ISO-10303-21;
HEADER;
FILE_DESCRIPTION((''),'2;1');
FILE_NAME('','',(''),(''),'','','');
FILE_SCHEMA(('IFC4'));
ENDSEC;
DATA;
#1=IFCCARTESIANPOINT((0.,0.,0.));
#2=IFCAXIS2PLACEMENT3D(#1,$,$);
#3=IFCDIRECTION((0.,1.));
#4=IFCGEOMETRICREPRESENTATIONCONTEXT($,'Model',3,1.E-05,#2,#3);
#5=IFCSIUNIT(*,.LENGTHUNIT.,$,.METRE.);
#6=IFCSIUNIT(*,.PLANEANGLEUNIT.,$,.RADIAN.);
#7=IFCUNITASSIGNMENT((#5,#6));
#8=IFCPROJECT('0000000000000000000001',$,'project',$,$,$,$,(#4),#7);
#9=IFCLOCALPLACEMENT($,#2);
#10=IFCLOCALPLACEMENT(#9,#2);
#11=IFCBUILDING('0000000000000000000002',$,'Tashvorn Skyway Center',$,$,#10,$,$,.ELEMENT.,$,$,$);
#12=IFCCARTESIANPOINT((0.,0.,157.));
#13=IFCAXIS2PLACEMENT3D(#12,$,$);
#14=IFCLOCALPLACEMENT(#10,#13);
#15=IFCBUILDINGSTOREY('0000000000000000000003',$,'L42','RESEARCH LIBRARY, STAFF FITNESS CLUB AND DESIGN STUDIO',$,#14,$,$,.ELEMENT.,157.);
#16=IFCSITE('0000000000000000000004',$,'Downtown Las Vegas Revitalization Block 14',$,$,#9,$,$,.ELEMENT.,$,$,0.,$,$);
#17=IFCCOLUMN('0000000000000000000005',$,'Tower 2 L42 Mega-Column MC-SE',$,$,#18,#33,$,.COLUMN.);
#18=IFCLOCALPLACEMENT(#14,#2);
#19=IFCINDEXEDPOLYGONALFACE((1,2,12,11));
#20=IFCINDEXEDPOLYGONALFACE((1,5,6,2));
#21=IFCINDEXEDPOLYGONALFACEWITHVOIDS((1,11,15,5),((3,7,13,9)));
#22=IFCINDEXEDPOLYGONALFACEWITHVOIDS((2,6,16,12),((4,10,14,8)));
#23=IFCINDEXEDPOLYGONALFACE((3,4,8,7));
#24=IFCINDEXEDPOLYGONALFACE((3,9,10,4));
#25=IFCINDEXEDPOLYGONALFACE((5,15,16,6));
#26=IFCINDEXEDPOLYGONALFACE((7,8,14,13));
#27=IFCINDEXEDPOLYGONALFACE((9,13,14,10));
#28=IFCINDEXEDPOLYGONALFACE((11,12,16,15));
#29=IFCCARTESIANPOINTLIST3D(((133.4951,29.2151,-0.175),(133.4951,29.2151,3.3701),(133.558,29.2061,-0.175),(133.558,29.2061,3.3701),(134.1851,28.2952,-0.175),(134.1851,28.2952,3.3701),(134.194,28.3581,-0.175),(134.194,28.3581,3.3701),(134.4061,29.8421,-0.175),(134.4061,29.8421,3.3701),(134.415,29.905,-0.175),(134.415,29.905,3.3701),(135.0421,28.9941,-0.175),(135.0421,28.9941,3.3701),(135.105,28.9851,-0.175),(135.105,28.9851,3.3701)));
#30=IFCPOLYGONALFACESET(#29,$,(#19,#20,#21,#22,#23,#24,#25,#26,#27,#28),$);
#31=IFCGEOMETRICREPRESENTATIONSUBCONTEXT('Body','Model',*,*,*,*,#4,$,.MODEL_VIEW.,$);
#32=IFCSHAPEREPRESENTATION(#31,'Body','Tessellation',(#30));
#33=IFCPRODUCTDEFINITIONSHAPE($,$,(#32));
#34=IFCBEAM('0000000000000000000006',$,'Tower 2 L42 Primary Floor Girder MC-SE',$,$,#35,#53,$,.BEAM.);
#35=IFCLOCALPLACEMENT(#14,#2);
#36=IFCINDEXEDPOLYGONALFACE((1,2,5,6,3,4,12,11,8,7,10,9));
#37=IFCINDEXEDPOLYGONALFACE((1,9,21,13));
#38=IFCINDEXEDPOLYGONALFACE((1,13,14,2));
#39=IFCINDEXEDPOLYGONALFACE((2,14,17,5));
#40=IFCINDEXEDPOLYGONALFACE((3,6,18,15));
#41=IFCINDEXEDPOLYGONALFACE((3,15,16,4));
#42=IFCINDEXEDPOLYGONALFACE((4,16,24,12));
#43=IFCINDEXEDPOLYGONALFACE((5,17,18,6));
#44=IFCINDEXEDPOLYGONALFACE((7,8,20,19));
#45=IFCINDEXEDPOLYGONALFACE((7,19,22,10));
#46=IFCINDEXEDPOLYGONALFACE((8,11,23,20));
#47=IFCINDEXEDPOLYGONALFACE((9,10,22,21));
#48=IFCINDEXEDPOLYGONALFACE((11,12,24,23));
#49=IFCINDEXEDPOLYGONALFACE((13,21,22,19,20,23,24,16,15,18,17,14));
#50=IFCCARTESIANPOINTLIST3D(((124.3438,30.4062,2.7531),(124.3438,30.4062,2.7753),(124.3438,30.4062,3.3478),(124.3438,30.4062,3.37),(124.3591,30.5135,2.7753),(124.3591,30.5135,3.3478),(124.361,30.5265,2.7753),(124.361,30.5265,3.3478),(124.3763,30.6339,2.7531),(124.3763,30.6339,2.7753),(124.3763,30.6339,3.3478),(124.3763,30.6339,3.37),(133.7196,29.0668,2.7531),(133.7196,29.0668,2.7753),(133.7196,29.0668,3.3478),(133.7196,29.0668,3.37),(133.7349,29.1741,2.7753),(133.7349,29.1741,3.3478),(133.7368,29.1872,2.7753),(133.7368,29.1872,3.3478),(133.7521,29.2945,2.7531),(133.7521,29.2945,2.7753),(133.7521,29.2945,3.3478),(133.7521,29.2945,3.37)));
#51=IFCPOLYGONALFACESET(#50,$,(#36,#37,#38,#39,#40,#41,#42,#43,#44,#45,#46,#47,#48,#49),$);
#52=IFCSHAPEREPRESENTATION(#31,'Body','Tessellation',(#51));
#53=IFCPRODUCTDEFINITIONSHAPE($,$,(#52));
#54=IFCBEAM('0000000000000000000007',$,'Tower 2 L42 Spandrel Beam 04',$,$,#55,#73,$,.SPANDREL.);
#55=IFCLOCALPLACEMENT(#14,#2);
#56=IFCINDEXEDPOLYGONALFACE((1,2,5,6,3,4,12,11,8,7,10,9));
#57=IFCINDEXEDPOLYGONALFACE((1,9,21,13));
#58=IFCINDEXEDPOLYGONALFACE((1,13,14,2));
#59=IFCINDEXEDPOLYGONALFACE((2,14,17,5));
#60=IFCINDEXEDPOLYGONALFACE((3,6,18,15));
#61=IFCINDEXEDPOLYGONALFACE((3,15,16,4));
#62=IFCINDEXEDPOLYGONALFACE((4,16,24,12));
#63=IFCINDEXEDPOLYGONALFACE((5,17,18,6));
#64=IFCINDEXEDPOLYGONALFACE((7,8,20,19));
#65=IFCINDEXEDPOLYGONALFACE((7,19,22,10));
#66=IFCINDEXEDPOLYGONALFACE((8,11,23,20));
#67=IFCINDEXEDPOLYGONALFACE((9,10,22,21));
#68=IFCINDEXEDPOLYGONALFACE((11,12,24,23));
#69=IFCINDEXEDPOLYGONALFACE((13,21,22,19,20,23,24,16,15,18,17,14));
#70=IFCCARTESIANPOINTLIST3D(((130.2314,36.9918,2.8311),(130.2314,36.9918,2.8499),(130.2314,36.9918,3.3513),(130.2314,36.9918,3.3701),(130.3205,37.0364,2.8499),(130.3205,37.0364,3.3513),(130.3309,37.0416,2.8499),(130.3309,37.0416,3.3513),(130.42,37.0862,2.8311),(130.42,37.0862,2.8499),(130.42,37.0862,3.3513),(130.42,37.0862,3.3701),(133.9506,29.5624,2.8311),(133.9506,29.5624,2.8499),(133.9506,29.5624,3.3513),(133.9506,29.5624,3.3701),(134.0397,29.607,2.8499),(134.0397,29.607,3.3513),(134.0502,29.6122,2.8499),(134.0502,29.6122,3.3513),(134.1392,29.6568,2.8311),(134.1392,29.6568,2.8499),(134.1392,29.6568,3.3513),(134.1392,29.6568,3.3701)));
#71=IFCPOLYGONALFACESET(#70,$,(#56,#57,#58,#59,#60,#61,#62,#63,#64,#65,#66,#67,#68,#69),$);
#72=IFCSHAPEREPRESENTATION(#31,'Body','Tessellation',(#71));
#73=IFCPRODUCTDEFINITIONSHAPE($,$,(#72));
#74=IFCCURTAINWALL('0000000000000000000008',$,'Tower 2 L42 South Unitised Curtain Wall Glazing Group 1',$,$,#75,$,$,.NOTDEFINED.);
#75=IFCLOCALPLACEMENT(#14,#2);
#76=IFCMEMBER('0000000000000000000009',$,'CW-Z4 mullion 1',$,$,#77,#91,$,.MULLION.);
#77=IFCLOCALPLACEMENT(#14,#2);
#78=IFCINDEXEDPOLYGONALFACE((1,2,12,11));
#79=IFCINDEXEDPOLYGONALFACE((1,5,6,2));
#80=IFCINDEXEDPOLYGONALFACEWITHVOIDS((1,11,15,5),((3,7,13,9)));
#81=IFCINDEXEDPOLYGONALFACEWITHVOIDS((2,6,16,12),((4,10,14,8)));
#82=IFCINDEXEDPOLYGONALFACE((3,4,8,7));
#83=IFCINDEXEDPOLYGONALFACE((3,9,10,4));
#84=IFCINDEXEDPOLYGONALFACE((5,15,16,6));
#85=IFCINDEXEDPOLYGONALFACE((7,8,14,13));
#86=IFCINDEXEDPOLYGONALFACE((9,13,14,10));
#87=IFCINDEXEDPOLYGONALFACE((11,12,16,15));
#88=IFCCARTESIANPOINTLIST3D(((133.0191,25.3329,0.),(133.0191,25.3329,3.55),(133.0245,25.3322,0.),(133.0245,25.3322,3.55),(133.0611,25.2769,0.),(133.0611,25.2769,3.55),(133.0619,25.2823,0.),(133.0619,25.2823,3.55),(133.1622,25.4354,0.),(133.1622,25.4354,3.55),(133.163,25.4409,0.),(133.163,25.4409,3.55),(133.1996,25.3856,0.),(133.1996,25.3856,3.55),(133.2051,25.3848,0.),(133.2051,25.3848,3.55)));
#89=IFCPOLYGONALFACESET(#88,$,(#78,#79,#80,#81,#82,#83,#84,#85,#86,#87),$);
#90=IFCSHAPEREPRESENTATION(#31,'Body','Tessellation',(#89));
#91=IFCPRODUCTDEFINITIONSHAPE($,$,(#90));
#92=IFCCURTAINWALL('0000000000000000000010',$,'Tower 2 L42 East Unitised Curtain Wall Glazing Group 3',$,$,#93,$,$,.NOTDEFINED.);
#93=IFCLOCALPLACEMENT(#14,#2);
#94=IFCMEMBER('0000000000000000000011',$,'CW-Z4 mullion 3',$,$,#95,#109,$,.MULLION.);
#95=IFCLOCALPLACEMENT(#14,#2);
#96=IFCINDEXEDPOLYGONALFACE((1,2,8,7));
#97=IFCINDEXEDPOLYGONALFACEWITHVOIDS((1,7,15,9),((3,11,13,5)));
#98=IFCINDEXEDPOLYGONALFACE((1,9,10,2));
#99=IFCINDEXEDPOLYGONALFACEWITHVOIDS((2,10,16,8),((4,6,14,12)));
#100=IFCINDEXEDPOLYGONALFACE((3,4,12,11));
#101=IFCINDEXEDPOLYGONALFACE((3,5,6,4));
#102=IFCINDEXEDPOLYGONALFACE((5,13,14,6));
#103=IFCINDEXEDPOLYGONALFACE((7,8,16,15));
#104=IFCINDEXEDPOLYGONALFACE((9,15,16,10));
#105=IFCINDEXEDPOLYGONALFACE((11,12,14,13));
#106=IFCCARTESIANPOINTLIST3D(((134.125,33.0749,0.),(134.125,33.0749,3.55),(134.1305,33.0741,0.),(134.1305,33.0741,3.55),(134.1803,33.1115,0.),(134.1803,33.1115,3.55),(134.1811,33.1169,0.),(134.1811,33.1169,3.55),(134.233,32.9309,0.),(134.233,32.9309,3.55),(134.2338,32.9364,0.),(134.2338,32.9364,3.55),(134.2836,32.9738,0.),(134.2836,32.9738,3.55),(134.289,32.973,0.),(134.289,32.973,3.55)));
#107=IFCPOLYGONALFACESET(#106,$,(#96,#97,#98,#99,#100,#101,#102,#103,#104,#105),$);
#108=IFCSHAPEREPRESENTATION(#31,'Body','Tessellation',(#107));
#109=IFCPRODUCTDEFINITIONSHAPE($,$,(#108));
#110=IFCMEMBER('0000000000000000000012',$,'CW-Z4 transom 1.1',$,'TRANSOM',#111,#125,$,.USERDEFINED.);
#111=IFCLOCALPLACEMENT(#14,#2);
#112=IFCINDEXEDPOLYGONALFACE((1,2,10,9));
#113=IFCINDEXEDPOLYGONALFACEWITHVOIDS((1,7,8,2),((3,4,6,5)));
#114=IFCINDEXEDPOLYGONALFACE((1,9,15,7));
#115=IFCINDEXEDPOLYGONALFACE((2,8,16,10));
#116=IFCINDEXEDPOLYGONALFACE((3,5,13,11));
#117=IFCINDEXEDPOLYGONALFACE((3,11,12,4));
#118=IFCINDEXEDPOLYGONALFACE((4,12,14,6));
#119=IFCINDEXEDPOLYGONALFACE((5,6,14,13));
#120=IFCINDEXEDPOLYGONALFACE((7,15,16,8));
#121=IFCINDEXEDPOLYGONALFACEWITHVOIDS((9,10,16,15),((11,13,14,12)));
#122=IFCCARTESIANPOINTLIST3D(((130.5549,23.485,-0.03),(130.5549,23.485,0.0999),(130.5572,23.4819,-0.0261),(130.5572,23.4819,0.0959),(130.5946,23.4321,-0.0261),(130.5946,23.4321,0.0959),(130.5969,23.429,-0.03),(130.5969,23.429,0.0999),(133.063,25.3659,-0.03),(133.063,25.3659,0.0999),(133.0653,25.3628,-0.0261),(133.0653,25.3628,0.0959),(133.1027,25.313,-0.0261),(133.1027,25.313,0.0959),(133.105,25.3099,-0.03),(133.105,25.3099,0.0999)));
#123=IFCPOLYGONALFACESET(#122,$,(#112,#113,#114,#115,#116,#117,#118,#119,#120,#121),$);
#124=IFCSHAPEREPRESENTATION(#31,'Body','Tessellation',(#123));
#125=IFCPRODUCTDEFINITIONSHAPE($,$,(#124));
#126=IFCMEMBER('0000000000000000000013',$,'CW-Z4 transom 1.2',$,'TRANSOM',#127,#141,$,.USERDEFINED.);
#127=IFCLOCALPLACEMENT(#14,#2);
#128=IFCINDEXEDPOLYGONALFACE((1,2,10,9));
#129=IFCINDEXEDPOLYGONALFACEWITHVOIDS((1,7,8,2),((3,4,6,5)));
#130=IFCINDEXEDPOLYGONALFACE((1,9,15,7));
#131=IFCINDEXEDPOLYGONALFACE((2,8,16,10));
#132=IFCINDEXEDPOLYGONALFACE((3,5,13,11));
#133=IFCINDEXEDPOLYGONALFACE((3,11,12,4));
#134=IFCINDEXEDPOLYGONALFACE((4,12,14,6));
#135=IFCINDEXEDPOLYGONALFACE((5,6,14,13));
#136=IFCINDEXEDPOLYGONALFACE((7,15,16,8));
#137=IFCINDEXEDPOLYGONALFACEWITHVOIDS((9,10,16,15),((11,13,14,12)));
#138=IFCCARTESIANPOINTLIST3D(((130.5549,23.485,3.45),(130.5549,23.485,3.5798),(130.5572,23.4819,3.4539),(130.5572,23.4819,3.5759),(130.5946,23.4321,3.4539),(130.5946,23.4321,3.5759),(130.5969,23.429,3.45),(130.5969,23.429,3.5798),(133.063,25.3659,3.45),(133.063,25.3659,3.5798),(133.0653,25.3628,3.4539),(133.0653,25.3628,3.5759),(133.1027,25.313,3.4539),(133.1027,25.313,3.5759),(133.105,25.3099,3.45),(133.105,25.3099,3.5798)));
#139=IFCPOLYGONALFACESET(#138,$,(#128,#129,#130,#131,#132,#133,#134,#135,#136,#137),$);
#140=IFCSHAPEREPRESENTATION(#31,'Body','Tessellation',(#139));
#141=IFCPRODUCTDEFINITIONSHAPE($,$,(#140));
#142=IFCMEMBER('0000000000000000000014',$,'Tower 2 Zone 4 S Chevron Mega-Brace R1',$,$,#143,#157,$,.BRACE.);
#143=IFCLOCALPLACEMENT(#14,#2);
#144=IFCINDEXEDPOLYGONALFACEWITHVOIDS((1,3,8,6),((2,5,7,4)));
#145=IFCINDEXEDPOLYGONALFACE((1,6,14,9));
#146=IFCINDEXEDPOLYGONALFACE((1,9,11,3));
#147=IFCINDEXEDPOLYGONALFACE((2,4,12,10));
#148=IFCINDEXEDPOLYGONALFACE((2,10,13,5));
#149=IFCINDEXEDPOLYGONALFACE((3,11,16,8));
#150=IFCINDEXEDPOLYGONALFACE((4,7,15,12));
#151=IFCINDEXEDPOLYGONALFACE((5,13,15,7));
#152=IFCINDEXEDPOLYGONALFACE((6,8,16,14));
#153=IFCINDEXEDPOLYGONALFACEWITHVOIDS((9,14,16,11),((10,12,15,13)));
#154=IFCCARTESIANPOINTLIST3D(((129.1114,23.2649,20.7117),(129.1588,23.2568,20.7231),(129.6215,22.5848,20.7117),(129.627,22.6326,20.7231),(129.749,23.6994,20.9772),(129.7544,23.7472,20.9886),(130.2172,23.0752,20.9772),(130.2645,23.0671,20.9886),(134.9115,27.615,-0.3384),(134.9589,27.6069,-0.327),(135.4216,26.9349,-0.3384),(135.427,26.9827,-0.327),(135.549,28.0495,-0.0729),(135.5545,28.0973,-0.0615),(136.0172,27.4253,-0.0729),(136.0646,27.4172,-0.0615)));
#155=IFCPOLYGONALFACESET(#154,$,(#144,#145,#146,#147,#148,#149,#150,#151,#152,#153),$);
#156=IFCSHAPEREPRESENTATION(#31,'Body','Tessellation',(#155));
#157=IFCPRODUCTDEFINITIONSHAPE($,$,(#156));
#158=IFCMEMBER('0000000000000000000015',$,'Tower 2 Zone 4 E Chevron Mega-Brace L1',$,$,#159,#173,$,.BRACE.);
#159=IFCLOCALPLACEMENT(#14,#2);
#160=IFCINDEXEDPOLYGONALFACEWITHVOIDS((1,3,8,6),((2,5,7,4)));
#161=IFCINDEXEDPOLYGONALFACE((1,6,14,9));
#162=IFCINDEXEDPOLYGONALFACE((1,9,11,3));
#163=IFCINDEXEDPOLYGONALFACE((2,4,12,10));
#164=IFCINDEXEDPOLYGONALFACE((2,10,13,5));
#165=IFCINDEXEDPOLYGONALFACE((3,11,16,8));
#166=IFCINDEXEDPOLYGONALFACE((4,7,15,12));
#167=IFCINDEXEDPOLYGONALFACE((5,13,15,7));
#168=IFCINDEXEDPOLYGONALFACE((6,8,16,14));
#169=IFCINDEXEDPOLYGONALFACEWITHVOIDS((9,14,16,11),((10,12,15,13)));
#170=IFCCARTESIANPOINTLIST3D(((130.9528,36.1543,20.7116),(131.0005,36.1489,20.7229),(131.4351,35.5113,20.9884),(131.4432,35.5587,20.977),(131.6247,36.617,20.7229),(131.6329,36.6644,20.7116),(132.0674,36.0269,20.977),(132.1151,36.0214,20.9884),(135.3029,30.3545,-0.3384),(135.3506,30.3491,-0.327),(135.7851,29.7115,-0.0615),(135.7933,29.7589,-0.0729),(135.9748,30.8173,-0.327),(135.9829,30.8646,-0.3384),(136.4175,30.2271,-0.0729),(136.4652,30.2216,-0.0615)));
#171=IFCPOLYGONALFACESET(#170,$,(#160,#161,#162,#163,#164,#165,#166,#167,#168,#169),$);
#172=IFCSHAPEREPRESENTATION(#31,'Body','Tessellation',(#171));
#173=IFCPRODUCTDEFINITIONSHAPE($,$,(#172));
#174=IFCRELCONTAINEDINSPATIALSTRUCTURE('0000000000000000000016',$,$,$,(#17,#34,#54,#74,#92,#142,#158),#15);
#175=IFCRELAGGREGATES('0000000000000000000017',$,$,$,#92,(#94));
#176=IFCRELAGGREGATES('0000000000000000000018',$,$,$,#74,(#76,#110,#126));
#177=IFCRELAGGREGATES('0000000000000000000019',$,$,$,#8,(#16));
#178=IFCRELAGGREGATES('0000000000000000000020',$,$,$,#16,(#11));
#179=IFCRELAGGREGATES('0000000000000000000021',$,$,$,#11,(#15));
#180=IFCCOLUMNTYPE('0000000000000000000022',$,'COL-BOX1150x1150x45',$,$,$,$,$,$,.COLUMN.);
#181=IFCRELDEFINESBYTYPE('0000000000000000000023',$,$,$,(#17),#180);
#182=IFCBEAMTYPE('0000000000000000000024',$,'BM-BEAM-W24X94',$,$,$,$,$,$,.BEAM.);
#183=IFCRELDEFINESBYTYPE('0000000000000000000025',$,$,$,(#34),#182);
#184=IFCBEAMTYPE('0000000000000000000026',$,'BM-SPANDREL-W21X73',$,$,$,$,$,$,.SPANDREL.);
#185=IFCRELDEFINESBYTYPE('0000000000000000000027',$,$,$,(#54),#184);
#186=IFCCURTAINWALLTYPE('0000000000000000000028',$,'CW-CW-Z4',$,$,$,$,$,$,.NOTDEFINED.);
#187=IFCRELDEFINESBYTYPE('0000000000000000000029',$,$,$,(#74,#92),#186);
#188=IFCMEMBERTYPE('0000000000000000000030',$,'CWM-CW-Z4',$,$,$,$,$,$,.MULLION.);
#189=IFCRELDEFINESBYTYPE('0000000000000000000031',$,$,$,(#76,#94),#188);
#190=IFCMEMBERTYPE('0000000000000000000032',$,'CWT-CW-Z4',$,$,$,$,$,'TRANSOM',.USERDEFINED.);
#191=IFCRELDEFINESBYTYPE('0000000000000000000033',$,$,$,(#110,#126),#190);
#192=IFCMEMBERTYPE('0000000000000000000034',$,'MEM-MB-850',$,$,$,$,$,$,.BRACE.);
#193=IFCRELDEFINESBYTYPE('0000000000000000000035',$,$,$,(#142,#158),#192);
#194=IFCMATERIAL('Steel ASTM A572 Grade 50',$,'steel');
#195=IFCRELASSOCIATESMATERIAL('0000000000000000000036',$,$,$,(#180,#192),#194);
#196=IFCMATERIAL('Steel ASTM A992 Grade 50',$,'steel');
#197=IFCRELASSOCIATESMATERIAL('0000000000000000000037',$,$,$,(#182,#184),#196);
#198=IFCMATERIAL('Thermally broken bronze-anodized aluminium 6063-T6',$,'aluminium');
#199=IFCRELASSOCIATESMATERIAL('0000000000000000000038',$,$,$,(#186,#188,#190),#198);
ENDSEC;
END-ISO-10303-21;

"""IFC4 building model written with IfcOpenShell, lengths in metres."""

from ifc_helpers import new_model, si_unit, direction, frame, origin, origin_2d, place, context, subcontext, project, spatial, hollow_rectangle, i_section, extrude, material, material_profile, profile_set, type_object, element, aggregate, save


model = new_model("IFC4")

# Units and contexts
model_context = context("Model", 3, precision=1e-05, world=origin(), true_north=direction((0.0, 1.0)))
body_context = subcontext(model_context, "Body", "Model", "MODEL_VIEW")
ifc_project = project(units=[si_unit("LENGTHUNIT", "METRE"), si_unit("PLANEANGLEUNIT", "RADIAN")], contexts=[model_context])

# Site, building, storey
site_placement = place(None, origin())
site = spatial("IfcSite", under=ifc_project, at=site_placement, Name="Downtown Las Vegas Revitalization Block 14", CompositionType="ELEMENT", RefElevation=0.0)
building_placement = place(site_placement, origin())
building = spatial("IfcBuilding", under=site, at=building_placement, Name="Tashvorn Skyway Center", CompositionType="ELEMENT")
storey_placement = place(building_placement, frame((0.0, 0.0, 157.0)))
storey = spatial("IfcBuildingStorey", under=building, at=storey_placement, Name="L42", Description="RESEARCH LIBRARY, STAFF FITNESS CLUB AND DESIGN STUDIO", CompositionType="ELEMENT", Elevation=157.0)

# Column
ifc_material_1 = material(Name="Steel ASTM A572 Grade 50", Category="steel")
ifc_material_profile_1 = material_profile(ifc_material_1, hollow_rectangle(XDim=1.1499, YDim=1.1499, WallThickness=0.0449, at=origin_2d()), Name="BOX1150x1150x45")
ifc_profile_set_1 = profile_set([ifc_material_profile_1], Name="Steel ASTM A572 Grade 50")
column_type = type_object("IfcColumnType", Name="COL-BOX1150x1150x45", PredefinedType="COLUMN", material=ifc_profile_set_1)
column_placement = place(storey_placement, frame((134.3, 29.1001, -0.175), z_axis=(0.0, 0.0, 1.0), x_axis=(0.8, 0.6, 0.0)))
element("IfcColumn", 1, at=column_placement, inside=storey, type_object=column_type, Name="Tower 2 L42 Mega-Column MC-SE", PredefinedType="COLUMN", context=body_context, shape_type="SweptSolid", body=[
    extrude(hollow_rectangle(XDim=1.1499, YDim=1.1499, WallThickness=0.0449, at=origin_2d()), origin(), (0.0, 0.0, 1.0), 3.5452),
])

# Beams
ifc_material_2 = material(Name="Steel ASTM A992 Grade 50", Category="steel")
ifc_material_profile_2 = material_profile(ifc_material_2, i_section(OverallWidth=0.23, OverallDepth=0.6169, WebThickness=0.0132, FlangeThickness=0.0222, at=origin_2d()), Name="W24X94")
ifc_profile_set_2 = profile_set([ifc_material_profile_2], Name="Steel ASTM A992 Grade 50")
beam_type_1 = type_object("IfcBeamType", Name="BM-BEAM-W24X94", PredefinedType="BEAM", material=ifc_profile_set_2)
beam_1_placement = place(storey_placement, frame((133.7358, 29.1807, 3.0615), z_axis=(-0.98995, 0.141418, 0.0), x_axis=(-0.141418, -0.98995, 0.0)))
element("IfcBeam", 2, at=beam_1_placement, inside=storey, type_object=beam_type_1, Name="Tower 2 L42 Primary Floor Girder MC-SE", PredefinedType="BEAM", context=body_context, shape_type="SweptSolid", body=[
    extrude(i_section(OverallWidth=0.23, OverallDepth=0.6169, WebThickness=0.0132, FlangeThickness=0.0222, at=origin_2d()), origin(), (0.0, 0.0, 1.0), 9.4709),
])
ifc_material_profile_3 = material_profile(ifc_material_2, i_section(OverallWidth=0.2109, OverallDepth=0.5391, WebThickness=0.0117, FlangeThickness=0.0188, at=origin_2d()), Name="W21X73")
ifc_profile_set_3 = profile_set([ifc_material_profile_3], Name="Steel ASTM A992 Grade 50")
beam_type_2 = type_object("IfcBeamType", Name="BM-SPANDREL-W21X73", PredefinedType="SPANDREL", material=ifc_profile_set_3)
beam_2_placement = place(storey_placement, frame((134.0449, 29.6096, 3.1006), z_axis=(-0.447648, 0.89421, 0.0), x_axis=(-0.89421, -0.447648, 0.0)))
element("IfcBeam", 3, at=beam_2_placement, inside=storey, type_object=beam_type_2, Name="Tower 2 L42 Spandrel Beam 04", PredefinedType="SPANDREL", context=body_context, shape_type="SweptSolid", body=[
    extrude(i_section(OverallWidth=0.2109, OverallDepth=0.5391, WebThickness=0.0117, FlangeThickness=0.0188, at=origin_2d()), origin(), (0.0, 0.0, 1.0), 8.3083),
])

# Curtain walls, members
ifc_material_3 = material(Name="Thermally broken bronze-anodized aluminium 6063-T6", Category="aluminium")
curtain_wall_type = type_object("IfcCurtainWallType", Name="CW-CW-Z4", PredefinedType="NOTDEFINED", material=ifc_material_3)
curtain_wall_1_placement = place(storey_placement, origin())
curtain_wall_1 = element("IfcCurtainWall", 4, at=curtain_wall_1_placement, inside=storey, type_object=curtain_wall_type, Name="Tower 2 L42 South Unitised Curtain Wall Glazing Group 1", PredefinedType="NOTDEFINED")
ifc_material_profile_4 = material_profile(ifc_material_3, hollow_rectangle(XDim=0.0701, YDim=0.1799, WallThickness=0.0039, at=origin_2d()), Name="ALU-MULL-70x180")
ifc_profile_set_4 = profile_set([ifc_material_profile_4], Name="Thermally broken bronze-anodized aluminium 6063-T6")
member_type_1 = type_object("IfcMemberType", Name="CWM-CW-Z4", PredefinedType="MULLION", material=ifc_profile_set_4)
member_1_placement = place(storey_placement, frame((133.1121, 25.3589, 0.0), z_axis=(0.0, 0.0, 1.0), x_axis=(0.6, -0.8, 0.0)))
member_1 = element("IfcMember", 5, at=member_1_placement, type_object=member_type_1, Name="CW-Z4 mullion 1", PredefinedType="MULLION", context=body_context, shape_type="SweptSolid", body=[
    extrude(hollow_rectangle(XDim=0.0701, YDim=0.1799, WallThickness=0.0039, at=origin_2d()), origin(), (0.0, 0.0, 1.0), 3.55),
])
curtain_wall_2_placement = place(storey_placement, origin())
curtain_wall_2 = element("IfcCurtainWall", 6, at=curtain_wall_2_placement, inside=storey, type_object=curtain_wall_type, Name="Tower 2 L42 East Unitised Curtain Wall Glazing Group 3", PredefinedType="NOTDEFINED")
member_2_placement = place(storey_placement, frame((134.207, 33.0239, 0.0), z_axis=(0.0, 0.0, 1.0), x_axis=(0.8, 0.6, 0.0)))
member_2 = element("IfcMember", 7, at=member_2_placement, type_object=member_type_1, Name="CW-Z4 mullion 3", PredefinedType="MULLION", context=body_context, shape_type="SweptSolid", body=[
    extrude(hollow_rectangle(XDim=0.0701, YDim=0.1799, WallThickness=0.0039, at=origin_2d()), origin(), (0.0, 0.0, 1.0), 3.55),
])
aggregate(curtain_wall_2, [member_2])

# Members
ifc_material_profile_5 = material_profile(ifc_material_3, hollow_rectangle(XDim=0.0701, YDim=0.1299, WallThickness=0.0039, at=origin_2d()), Name="ALU-TRAN-70x130")
ifc_profile_set_5 = profile_set([ifc_material_profile_5], Name="Thermally broken bronze-anodized aluminium 6063-T6")
member_type_2 = type_object("IfcMemberType", Name="CWT-CW-Z4", ElementType="TRANSOM", PredefinedType="USERDEFINED", material=ifc_profile_set_5)
member_3_placement = place(storey_placement, frame((133.084, 25.3379, 0.0349), z_axis=(-0.800028, -0.599963, 0.0), x_axis=(0.599963, -0.800028, 0.0)))
member_3 = element("IfcMember", 8, at=member_3_placement, type_object=member_type_2, Name="CW-Z4 transom 1.1", ObjectType="TRANSOM", PredefinedType="USERDEFINED", context=body_context, shape_type="SweptSolid", body=[
    extrude(hollow_rectangle(XDim=0.0701, YDim=0.1299, WallThickness=0.0039, at=origin_2d()), origin(), (0.0, 0.0, 1.0), 3.135),
])
member_4_placement = place(storey_placement, frame((133.084, 25.3379, 3.5149), z_axis=(-0.800028, -0.599963, 0.0), x_axis=(0.599963, -0.800028, 0.0)))
member_4 = element("IfcMember", 9, at=member_4_placement, type_object=member_type_2, Name="CW-Z4 transom 1.2", ObjectType="TRANSOM", PredefinedType="USERDEFINED", context=body_context, shape_type="SweptSolid", body=[
    extrude(hollow_rectangle(XDim=0.0701, YDim=0.1299, WallThickness=0.0039, at=origin_2d()), origin(), (0.0, 0.0, 1.0), 3.135),
])
aggregate(curtain_wall_1, [member_1, member_3, member_4])

# Members
ifc_material_profile_6 = material_profile(ifc_material_1, hollow_rectangle(XDim=0.8501, YDim=0.8501, WallThickness=0.0349, at=origin_2d()), Name="BOX850x850x35")
ifc_profile_set_6 = profile_set([ifc_material_profile_6], Name="Steel ASTM A572 Grade 50")
member_type_3 = type_object("IfcMemberType", Name="MEM-MB-850", PredefinedType="BRACE", material=ifc_profile_set_6)
member_5_placement = place(storey_placement, frame((135.488, 27.5161, -0.2), z_axis=(-0.260517, -0.19539, 0.945491), x_axis=(0.600005, -0.799996, 0.0)))
element("IfcMember", 10, at=member_5_placement, inside=storey, type_object=member_type_3, Name="Tower 2 Zone 4 S Chevron Mega-Brace R1", PredefinedType="BRACE", context=body_context, shape_type="SweptSolid", body=[
    extrude(hollow_rectangle(XDim=0.8501, YDim=0.8501, WallThickness=0.0349, at=origin_2d()), origin(), (0.0, 0.0, 1.0), 22.2637),
])
member_6_placement = place(storey_placement, frame((135.884, 30.2881, -0.2), z_axis=(-0.195391, 0.260507, 0.945494), x_axis=(-0.799984, -0.600022, 0.0)))
element("IfcMember", 11, at=member_6_placement, inside=storey, type_object=member_type_3, Name="Tower 2 Zone 4 E Chevron Mega-Brace L1", PredefinedType="BRACE", context=body_context, shape_type="SweptSolid", body=[
    extrude(hollow_rectangle(XDim=0.8501, YDim=0.8501, WallThickness=0.0349, at=origin_2d()), origin(), (0.0, 0.0, 1.0), 22.2634),
])

save(model, "model.ifc")
